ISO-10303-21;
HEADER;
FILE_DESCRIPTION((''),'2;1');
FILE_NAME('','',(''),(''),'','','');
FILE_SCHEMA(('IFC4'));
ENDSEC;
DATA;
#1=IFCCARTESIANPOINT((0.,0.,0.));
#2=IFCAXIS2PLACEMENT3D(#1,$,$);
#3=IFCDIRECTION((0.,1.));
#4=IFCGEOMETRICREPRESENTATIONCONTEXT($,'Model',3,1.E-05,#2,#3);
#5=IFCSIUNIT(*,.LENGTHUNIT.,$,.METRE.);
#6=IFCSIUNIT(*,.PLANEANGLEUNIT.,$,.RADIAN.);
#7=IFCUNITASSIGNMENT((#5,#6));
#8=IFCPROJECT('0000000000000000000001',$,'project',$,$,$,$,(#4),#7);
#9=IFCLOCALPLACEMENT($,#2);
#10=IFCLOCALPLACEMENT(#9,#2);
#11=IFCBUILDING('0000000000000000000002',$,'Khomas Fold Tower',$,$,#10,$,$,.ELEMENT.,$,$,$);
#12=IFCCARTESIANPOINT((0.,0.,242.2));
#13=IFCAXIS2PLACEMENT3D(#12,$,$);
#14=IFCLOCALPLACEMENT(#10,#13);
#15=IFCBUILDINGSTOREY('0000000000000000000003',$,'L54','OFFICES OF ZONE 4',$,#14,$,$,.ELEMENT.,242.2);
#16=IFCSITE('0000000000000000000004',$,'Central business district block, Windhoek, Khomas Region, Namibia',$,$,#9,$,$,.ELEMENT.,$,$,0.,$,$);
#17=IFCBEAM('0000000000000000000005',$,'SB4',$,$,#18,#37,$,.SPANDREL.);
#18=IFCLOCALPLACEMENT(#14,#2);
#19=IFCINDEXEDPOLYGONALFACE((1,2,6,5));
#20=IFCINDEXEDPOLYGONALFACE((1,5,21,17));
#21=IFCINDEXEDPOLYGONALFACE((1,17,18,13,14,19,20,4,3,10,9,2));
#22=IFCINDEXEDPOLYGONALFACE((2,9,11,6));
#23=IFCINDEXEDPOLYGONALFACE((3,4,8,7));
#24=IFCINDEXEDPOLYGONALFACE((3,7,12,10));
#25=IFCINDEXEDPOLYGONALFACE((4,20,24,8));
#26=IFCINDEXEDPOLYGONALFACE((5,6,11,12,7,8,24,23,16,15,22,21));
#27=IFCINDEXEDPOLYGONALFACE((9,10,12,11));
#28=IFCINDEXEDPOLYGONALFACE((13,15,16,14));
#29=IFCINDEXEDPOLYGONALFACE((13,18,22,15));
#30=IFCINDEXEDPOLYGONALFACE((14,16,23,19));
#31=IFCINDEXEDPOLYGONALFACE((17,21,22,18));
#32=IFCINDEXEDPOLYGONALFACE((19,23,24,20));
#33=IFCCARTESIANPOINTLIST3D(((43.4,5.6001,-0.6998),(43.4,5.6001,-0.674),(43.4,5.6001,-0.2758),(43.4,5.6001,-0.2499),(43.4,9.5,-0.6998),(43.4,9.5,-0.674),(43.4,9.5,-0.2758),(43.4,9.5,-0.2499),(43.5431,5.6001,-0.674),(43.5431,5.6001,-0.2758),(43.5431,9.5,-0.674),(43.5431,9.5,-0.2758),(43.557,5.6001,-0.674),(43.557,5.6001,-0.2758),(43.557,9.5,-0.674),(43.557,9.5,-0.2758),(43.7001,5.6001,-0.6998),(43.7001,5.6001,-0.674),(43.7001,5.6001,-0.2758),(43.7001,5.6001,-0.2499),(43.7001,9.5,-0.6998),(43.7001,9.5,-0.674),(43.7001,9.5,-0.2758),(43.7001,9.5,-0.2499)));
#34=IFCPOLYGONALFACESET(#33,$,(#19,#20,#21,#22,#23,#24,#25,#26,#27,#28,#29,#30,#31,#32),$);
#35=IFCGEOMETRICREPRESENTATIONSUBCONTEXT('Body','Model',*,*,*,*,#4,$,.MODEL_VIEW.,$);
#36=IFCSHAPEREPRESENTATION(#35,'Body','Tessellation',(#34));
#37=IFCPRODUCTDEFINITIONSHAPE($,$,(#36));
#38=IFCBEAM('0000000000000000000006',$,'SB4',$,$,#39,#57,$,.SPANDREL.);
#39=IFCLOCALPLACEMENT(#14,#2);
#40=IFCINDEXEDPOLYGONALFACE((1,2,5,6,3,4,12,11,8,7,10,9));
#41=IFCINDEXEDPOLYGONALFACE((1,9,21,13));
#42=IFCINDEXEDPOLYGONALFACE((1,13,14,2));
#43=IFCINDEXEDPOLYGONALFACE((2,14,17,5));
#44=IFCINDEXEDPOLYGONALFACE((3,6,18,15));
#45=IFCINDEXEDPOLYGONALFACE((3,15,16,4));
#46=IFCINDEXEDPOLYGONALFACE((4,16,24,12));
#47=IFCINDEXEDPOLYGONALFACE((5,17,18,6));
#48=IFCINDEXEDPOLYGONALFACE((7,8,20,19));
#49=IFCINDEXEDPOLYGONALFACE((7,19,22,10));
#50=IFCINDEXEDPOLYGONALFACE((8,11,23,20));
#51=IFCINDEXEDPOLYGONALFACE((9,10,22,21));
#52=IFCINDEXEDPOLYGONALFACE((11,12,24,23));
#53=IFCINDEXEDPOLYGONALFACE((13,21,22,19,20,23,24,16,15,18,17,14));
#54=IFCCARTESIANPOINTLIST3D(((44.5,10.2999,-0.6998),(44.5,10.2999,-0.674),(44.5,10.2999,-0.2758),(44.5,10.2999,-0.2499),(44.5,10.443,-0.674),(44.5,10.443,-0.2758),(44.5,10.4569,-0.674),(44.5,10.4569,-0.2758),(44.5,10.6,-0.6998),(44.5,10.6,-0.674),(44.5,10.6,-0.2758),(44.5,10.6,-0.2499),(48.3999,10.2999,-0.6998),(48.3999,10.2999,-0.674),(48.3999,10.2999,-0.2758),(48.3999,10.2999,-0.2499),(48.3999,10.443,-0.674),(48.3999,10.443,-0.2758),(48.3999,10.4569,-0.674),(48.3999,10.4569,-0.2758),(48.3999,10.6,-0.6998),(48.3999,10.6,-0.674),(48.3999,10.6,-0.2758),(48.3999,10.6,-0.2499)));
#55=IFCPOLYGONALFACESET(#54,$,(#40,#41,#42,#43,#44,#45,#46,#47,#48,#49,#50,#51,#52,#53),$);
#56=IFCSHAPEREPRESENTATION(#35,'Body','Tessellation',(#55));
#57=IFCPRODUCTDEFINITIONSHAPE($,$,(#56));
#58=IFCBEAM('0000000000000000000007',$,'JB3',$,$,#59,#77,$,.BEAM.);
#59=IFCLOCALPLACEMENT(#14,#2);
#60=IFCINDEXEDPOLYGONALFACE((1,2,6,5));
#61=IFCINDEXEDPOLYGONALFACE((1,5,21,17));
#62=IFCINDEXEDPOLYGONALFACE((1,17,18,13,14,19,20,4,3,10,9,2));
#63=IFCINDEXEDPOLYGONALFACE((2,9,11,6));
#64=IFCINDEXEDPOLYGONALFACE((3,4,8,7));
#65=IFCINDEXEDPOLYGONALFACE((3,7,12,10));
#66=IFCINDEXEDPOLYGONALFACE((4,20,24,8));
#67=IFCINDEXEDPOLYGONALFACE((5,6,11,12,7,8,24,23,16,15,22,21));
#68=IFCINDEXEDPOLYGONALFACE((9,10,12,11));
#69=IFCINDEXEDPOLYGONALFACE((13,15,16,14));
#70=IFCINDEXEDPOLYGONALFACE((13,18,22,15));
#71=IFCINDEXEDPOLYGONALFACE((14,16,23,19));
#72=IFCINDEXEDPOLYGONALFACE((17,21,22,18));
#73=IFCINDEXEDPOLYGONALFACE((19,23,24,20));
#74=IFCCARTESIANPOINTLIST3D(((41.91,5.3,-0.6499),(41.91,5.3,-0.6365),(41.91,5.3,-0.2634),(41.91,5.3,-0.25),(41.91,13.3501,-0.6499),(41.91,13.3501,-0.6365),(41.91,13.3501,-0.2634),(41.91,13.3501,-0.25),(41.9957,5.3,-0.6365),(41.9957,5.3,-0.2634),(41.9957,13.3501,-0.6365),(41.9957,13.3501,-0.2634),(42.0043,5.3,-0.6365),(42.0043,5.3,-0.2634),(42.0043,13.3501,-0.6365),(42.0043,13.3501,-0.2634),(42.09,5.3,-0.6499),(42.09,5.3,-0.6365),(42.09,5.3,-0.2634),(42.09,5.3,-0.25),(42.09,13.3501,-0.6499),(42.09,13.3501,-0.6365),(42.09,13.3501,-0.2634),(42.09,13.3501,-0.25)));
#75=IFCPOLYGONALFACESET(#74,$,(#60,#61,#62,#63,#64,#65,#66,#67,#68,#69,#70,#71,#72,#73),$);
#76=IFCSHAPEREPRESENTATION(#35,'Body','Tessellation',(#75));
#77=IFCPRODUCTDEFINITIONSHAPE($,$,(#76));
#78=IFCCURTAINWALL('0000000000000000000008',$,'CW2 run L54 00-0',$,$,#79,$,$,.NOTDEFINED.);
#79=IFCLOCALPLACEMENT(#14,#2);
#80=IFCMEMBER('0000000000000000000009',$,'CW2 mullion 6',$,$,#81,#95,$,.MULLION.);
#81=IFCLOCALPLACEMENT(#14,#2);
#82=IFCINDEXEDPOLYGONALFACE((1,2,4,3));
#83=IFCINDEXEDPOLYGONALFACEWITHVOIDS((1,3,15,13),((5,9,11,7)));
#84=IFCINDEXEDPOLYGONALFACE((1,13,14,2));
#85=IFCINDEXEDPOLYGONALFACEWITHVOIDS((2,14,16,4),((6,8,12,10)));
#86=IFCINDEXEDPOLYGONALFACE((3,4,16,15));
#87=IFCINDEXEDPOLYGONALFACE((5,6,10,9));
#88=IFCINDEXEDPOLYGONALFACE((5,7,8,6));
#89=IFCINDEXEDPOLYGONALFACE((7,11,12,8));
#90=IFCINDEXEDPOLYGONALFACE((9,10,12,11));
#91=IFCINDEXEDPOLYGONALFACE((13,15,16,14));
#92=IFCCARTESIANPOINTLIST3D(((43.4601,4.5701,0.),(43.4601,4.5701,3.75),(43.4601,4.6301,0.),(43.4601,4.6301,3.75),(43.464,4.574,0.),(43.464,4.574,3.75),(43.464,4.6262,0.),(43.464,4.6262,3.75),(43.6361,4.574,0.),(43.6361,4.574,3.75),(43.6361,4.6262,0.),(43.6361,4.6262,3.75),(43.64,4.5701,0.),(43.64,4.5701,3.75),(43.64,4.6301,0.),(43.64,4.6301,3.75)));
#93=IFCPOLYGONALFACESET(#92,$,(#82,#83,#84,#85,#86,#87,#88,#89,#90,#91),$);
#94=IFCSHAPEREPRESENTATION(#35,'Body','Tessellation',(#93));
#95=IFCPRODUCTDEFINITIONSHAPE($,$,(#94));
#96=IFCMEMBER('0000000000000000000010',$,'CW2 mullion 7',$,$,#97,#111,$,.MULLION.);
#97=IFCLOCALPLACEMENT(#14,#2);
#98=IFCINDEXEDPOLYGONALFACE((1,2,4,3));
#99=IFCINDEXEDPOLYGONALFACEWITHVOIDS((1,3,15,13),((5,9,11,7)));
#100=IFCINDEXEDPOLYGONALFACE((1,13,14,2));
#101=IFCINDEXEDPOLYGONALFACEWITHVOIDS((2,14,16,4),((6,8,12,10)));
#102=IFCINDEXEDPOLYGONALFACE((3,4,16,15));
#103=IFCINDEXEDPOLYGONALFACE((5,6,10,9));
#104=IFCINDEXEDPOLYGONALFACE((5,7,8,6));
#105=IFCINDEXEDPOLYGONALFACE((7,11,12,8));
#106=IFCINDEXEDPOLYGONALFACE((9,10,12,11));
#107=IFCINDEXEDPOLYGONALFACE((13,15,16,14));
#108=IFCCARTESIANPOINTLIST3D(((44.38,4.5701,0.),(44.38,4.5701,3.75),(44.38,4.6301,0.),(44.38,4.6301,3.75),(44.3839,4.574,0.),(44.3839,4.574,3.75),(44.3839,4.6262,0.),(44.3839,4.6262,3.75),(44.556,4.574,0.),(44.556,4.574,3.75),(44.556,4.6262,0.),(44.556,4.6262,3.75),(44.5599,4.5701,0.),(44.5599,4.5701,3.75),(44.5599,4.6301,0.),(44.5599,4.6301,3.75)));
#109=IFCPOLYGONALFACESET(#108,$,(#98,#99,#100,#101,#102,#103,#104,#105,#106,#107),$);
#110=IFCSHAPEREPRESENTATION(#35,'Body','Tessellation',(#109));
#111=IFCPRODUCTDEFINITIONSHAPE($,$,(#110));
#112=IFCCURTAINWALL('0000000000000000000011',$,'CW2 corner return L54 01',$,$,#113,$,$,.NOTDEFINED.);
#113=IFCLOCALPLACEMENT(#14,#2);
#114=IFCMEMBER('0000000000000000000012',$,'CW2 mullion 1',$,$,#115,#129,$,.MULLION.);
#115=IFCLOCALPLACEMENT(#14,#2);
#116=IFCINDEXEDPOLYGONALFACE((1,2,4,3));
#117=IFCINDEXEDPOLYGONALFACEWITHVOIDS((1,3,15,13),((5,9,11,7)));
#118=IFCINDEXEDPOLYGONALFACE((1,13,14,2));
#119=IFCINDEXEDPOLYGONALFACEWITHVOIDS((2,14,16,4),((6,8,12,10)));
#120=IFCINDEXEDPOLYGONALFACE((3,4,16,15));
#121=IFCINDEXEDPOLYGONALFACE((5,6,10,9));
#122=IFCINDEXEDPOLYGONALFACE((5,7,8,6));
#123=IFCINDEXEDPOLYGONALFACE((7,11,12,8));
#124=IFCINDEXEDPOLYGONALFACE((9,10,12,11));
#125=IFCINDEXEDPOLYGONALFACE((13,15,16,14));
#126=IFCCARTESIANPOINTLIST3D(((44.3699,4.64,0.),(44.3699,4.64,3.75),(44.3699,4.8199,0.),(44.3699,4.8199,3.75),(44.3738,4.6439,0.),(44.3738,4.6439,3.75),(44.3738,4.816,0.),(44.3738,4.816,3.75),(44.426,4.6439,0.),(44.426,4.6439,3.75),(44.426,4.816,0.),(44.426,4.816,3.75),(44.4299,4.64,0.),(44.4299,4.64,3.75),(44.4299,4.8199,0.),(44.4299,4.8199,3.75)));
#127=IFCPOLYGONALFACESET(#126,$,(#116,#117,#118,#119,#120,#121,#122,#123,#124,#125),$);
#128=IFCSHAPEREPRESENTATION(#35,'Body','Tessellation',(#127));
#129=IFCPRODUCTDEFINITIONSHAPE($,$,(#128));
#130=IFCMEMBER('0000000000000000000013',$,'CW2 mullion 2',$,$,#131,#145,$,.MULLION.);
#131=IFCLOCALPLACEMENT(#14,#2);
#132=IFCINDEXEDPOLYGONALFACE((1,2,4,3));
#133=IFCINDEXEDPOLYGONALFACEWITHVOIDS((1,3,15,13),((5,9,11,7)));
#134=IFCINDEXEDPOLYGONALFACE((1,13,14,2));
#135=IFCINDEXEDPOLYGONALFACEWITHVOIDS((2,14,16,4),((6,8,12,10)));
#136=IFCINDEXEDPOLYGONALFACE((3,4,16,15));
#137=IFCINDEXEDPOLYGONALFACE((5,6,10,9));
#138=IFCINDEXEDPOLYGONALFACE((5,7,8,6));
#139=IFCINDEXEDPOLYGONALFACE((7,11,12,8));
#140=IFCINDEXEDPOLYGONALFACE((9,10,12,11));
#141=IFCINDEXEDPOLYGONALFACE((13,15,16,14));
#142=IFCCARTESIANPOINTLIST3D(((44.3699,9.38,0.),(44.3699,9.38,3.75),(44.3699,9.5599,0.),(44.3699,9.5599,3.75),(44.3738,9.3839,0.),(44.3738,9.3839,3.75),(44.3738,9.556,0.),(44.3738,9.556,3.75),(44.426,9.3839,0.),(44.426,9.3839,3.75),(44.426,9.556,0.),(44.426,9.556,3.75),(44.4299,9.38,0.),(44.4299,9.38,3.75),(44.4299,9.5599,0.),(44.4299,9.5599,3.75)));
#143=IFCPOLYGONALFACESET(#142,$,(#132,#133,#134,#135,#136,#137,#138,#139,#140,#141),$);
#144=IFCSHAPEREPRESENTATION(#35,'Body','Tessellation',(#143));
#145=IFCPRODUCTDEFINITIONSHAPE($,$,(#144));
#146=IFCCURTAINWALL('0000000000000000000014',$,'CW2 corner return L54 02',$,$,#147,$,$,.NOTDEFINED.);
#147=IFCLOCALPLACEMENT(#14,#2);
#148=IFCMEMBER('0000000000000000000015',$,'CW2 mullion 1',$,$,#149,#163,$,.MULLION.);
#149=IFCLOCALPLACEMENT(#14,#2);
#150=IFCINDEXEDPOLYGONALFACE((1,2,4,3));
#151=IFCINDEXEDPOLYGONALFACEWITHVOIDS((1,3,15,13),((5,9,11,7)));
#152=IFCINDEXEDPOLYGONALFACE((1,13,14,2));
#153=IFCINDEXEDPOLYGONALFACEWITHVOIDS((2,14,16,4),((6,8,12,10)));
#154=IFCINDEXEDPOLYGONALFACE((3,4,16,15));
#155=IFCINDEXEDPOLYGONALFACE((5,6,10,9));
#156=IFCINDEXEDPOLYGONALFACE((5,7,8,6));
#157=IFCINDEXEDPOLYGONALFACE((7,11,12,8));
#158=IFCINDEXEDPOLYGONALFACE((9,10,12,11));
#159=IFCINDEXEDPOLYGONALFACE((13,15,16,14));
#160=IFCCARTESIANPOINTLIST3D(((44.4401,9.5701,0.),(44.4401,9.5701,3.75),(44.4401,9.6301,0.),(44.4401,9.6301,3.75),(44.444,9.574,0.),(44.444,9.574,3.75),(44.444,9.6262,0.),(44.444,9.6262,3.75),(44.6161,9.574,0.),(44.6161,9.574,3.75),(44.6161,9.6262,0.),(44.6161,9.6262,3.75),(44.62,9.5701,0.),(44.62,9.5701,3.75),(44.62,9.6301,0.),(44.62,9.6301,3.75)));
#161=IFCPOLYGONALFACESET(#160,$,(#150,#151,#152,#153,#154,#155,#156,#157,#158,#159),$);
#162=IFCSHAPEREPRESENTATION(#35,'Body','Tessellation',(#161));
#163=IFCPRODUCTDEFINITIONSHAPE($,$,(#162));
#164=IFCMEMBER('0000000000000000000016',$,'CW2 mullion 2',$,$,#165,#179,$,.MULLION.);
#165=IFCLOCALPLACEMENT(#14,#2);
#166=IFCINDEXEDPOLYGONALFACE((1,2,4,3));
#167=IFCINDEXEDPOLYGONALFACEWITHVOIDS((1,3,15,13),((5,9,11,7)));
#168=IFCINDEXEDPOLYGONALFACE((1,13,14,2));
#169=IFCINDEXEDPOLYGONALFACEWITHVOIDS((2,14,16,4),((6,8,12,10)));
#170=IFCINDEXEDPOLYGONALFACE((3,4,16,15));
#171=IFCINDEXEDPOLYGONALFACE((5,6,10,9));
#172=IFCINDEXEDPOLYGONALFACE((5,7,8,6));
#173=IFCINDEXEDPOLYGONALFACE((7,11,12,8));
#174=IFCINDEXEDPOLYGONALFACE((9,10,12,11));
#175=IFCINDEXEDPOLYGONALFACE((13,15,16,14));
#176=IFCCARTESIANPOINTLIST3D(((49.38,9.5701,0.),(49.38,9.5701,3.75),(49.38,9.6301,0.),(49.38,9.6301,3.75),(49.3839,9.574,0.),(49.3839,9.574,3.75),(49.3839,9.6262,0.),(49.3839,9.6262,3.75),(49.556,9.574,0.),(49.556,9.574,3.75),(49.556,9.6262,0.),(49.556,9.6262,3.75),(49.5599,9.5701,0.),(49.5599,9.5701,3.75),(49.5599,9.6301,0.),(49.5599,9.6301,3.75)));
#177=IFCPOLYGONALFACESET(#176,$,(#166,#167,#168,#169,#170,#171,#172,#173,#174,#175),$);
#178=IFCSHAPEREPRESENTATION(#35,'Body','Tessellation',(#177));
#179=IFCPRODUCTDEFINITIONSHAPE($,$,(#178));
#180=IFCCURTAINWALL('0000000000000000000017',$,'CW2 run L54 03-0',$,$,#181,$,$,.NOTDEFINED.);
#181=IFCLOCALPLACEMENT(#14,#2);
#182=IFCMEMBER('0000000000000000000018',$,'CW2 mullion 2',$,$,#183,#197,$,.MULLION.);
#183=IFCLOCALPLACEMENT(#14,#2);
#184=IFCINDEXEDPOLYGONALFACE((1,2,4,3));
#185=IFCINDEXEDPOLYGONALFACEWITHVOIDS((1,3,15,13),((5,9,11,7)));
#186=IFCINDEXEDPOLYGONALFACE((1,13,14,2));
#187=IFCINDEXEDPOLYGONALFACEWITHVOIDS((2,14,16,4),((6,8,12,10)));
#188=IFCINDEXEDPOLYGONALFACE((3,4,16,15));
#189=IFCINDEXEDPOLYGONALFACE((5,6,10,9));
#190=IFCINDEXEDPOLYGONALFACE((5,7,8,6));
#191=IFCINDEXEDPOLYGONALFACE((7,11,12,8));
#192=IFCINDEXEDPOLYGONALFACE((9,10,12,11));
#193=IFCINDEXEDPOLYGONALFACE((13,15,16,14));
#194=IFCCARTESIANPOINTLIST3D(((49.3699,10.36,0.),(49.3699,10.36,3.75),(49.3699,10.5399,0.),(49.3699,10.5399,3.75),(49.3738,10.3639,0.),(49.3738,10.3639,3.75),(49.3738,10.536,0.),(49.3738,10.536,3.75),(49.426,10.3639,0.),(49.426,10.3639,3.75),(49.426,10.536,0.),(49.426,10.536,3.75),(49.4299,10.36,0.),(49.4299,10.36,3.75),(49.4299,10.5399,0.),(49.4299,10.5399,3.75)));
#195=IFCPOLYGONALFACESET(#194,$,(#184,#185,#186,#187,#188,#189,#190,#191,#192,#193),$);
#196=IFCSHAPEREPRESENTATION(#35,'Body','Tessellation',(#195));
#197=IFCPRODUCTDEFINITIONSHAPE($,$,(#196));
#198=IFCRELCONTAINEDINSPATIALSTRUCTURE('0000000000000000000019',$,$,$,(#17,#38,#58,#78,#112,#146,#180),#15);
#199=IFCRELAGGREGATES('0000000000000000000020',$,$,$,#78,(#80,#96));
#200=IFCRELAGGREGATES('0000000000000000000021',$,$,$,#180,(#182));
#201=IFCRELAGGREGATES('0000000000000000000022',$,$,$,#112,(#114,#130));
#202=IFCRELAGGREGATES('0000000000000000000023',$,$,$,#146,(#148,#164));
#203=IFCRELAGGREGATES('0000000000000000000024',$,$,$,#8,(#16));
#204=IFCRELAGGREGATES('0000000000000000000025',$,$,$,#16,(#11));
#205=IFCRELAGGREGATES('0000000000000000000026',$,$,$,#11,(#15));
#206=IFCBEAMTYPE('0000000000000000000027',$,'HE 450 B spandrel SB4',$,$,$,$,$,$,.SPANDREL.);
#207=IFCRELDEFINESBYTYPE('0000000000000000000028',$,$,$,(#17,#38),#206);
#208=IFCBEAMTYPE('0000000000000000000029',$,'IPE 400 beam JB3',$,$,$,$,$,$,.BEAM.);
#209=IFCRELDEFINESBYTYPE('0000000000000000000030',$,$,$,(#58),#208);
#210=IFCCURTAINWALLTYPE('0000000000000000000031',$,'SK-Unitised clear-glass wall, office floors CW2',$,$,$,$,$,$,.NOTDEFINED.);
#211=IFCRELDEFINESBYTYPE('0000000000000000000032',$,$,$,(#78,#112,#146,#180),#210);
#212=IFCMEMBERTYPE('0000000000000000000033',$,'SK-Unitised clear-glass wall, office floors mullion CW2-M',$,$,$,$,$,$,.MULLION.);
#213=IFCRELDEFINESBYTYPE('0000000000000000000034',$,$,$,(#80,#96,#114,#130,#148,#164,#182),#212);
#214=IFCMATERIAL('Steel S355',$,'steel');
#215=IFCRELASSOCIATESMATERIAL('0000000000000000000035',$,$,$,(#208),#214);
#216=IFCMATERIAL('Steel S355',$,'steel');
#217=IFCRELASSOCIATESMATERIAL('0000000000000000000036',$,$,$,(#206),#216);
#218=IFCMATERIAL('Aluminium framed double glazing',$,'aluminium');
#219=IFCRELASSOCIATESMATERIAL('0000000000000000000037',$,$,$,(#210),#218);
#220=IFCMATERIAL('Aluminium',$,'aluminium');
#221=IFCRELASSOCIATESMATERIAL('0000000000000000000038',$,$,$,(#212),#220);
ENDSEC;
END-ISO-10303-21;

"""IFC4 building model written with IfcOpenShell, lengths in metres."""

from ifc_helpers import new_model, si_unit, direction, frame, origin, origin_2d, place, context, subcontext, project, spatial, hollow_rectangle, i_section, extrude, source, transform, mapped, material, material_profile, profile_set, type_object, element, aggregate, save


model = new_model("IFC4")

# Units and contexts
model_context = context("Model", 3, precision=1e-05, world=origin(), true_north=direction((0.0, 1.0)))
body_context = subcontext(model_context, "Body", "Model", "MODEL_VIEW")
ifc_project = project(units=[si_unit("LENGTHUNIT", "METRE"), si_unit("PLANEANGLEUNIT", "RADIAN")], contexts=[model_context])

# Site, building, storey
site_placement = place(None, origin())
site = spatial("IfcSite", under=ifc_project, at=site_placement, Name="Central business district block, Windhoek, Khomas Region, Namibia", CompositionType="ELEMENT", RefElevation=0.0)
building_placement = place(site_placement, origin())
building = spatial("IfcBuilding", under=site, at=building_placement, Name="Khomas Fold Tower", CompositionType="ELEMENT")
storey_placement = place(building_placement, frame((0.0, 0.0, 242.2)))
storey = spatial("IfcBuildingStorey", under=building, at=storey_placement, Name="L54", Description="OFFICES OF ZONE 4", CompositionType="ELEMENT", Elevation=242.2)

# Beams
ifc_material_1 = material(Name="Steel S355", Category="steel")
ifc_material_profile_1 = material_profile(ifc_material_1, i_section(OverallWidth=0.1799, OverallDepth=0.3999, WebThickness=0.0085, FlangeThickness=0.0134, at=origin_2d()), Name="IPE 400")
ifc_profile_set_1 = profile_set([ifc_material_profile_1], Name="Steel S355")
beam_type_1 = type_object("IfcBeamType", Name="IPE 400 beam JB3", PredefinedType="BEAM", material=ifc_profile_set_1)
ifc_material_2 = material(Name="Steel S355", Category="steel")
ifc_material_profile_2 = material_profile(ifc_material_2, i_section(OverallWidth=0.3, OverallDepth=0.45, WebThickness=0.0139, FlangeThickness=0.0259, at=origin_2d()), Name="HE 450 B")
ifc_profile_set_2 = profile_set([ifc_material_profile_2], Name="Steel S355")
beam_type_2 = type_object("IfcBeamType", Name="HE 450 B spandrel SB4", PredefinedType="SPANDREL", material=ifc_profile_set_2)
shared_shape_1 = source(origin(), body_context, "Body", "SweptSolid", [
    extrude(i_section(OverallWidth=0.3, OverallDepth=0.45, WebThickness=0.0139, FlangeThickness=0.0259, at=origin_2d()), origin(), (0.0, 0.0, 1.0), 3.8999),
])
for number, where, z_axis, x_axis, name in (
    (1, (43.55, 5.6001, -0.4749), (0.0, 1.0, 0.0), (-1.0, 0.0, 0.0), "SB4"),
    (2, (44.5, 10.45, -0.4749), (1.0, 0.0, 0.0), (0.0, 1.0, 0.0), "SB4"),
):
    element("IfcBeam", number, at=place(storey_placement, frame(where, z_axis=z_axis, x_axis=x_axis)), inside=storey, type_object=beam_type_2, Name=name, PredefinedType="SPANDREL", context=body_context, shape_type="MappedRepresentation", body=[
        mapped(shared_shape_1, transform((0.0, 0.0, 0.0))),
    ])
shared_shape_2 = source(origin(), body_context, "Body", "SweptSolid", [
    extrude(i_section(OverallWidth=0.1799, OverallDepth=0.3999, WebThickness=0.0085, FlangeThickness=0.0134, at=origin_2d()), origin(), (0.0, 0.0, 1.0), 8.05),
])
beam_1_placement = place(storey_placement, frame((42.0, 5.3, -0.45), z_axis=(0.0, 1.0, 0.0), x_axis=(-1.0, 0.0, 0.0)))
element("IfcBeam", 3, at=beam_1_placement, inside=storey, type_object=beam_type_1, Name="JB3", PredefinedType="BEAM", context=body_context, shape_type="MappedRepresentation", body=[
    mapped(shared_shape_2, transform((0.0, 0.0, 0.0))),
])

# Curtain walls, members
ifc_material_3 = material(Name="Aluminium framed double glazing", Category="aluminium")
curtain_wall_type = type_object("IfcCurtainWallType", Name="SK-Unitised clear-glass wall, office floors CW2", PredefinedType="NOTDEFINED", material=ifc_material_3)
curtain_wall_1_placement = place(storey_placement, origin())
curtain_wall_1 = element("IfcCurtainWall", 4, at=curtain_wall_1_placement, inside=storey, type_object=curtain_wall_type, Name="CW2 run L54 00-0", PredefinedType="NOTDEFINED")
ifc_material_4 = material(Name="Aluminium", Category="aluminium")
ifc_material_profile_3 = material_profile(ifc_material_4, hollow_rectangle(XDim=0.0601, YDim=0.1799, WallThickness=0.0039, at=origin_2d()), Name="SK-Unitised clear-glass wall, office floors mullion CW2-M")
ifc_profile_set_3 = profile_set([ifc_material_profile_3], Name="Aluminium")
member_type_1 = type_object("IfcMemberType", Name="SK-Unitised clear-glass wall, office floors mullion CW2-M", PredefinedType="MULLION", material=ifc_profile_set_3)
shared_shape_3 = source(origin(), body_context, "Body", "SweptSolid", [
    extrude(hollow_rectangle(XDim=0.0601, YDim=0.1799, WallThickness=0.0039, at=origin_2d()), origin(), (0.0, 0.0, 1.0), 3.75),
])
member_1_placement = place(storey_placement, frame((43.55, 4.6001, 0.0), z_axis=(0.0, 0.0, 1.0), x_axis=(0.0, 1.0, 0.0)))
member_1 = element("IfcMember", 5, at=member_1_placement, type_object=member_type_1, Name="CW2 mullion 6", PredefinedType="MULLION", context=body_context, shape_type="MappedRepresentation", body=[
    mapped(shared_shape_3, transform((0.0, 0.0, 0.0))),
])
member_2_placement = place(storey_placement, frame((44.47, 4.6001, 0.0), z_axis=(0.0, 0.0, 1.0), x_axis=(0.0, 1.0, 0.0)))
member_2 = element("IfcMember", 6, at=member_2_placement, type_object=member_type_1, Name="CW2 mullion 7", PredefinedType="MULLION", context=body_context, shape_type="MappedRepresentation", body=[
    mapped(shared_shape_3, transform((0.0, 0.0, 0.0))),
])
curtain_wall_2_placement = place(storey_placement, origin())
curtain_wall_2 = element("IfcCurtainWall", 7, at=curtain_wall_2_placement, inside=storey, type_object=curtain_wall_type, Name="CW2 corner return L54 01", PredefinedType="NOTDEFINED")
member_3_placement = place(storey_placement, frame((44.3999, 4.73, 0.0), z_axis=(0.0, 0.0, 1.0), x_axis=(-1.0, 0.0, 0.0)))
member_3 = element("IfcMember", 8, at=member_3_placement, type_object=member_type_1, Name="CW2 mullion 1", PredefinedType="MULLION", context=body_context, shape_type="MappedRepresentation", body=[
    mapped(shared_shape_3, transform((0.0, 0.0, 0.0))),
])
member_4_placement = place(storey_placement, frame((44.3999, 9.47, 0.0), z_axis=(0.0, 0.0, 1.0), x_axis=(-1.0, 0.0, 0.0)))
member_4 = element("IfcMember", 9, at=member_4_placement, type_object=member_type_1, Name="CW2 mullion 2", PredefinedType="MULLION", context=body_context, shape_type="MappedRepresentation", body=[
    mapped(shared_shape_3, transform((0.0, 0.0, 0.0))),
])
curtain_wall_3_placement = place(storey_placement, origin())
curtain_wall_3 = element("IfcCurtainWall", 10, at=curtain_wall_3_placement, inside=storey, type_object=curtain_wall_type, Name="CW2 corner return L54 02", PredefinedType="NOTDEFINED")
member_5_placement = place(storey_placement, frame((44.53, 9.6001, 0.0), z_axis=(0.0, 0.0, 1.0), x_axis=(0.0, 1.0, 0.0)))
member_5 = element("IfcMember", 11, at=member_5_placement, type_object=member_type_1, Name="CW2 mullion 1", PredefinedType="MULLION", context=body_context, shape_type="MappedRepresentation", body=[
    mapped(shared_shape_3, transform((0.0, 0.0, 0.0))),
])
member_6_placement = place(storey_placement, frame((49.47, 9.6001, 0.0), z_axis=(0.0, 0.0, 1.0), x_axis=(0.0, 1.0, 0.0)))
member_6 = element("IfcMember", 12, at=member_6_placement, type_object=member_type_1, Name="CW2 mullion 2", PredefinedType="MULLION", context=body_context, shape_type="MappedRepresentation", body=[
    mapped(shared_shape_3, transform((0.0, 0.0, 0.0))),
])
curtain_wall_4_placement = place(storey_placement, origin())
curtain_wall_4 = element("IfcCurtainWall", 13, at=curtain_wall_4_placement, inside=storey, type_object=curtain_wall_type, Name="CW2 run L54 03-0", PredefinedType="NOTDEFINED")
member_7_placement = place(storey_placement, frame((49.3999, 10.45, 0.0), z_axis=(0.0, 0.0, 1.0), x_axis=(-1.0, 0.0, 0.0)))
member_7 = element("IfcMember", 14, at=member_7_placement, type_object=member_type_1, Name="CW2 mullion 2", PredefinedType="MULLION", context=body_context, shape_type="MappedRepresentation", body=[
    mapped(shared_shape_3, transform((0.0, 0.0, 0.0))),
])

aggregate(curtain_wall_1, [member_1, member_2])
aggregate(curtain_wall_4, [member_7])
aggregate(curtain_wall_2, [member_3, member_4])
aggregate(curtain_wall_3, [member_5, member_6])

save(model, "model.ifc")
